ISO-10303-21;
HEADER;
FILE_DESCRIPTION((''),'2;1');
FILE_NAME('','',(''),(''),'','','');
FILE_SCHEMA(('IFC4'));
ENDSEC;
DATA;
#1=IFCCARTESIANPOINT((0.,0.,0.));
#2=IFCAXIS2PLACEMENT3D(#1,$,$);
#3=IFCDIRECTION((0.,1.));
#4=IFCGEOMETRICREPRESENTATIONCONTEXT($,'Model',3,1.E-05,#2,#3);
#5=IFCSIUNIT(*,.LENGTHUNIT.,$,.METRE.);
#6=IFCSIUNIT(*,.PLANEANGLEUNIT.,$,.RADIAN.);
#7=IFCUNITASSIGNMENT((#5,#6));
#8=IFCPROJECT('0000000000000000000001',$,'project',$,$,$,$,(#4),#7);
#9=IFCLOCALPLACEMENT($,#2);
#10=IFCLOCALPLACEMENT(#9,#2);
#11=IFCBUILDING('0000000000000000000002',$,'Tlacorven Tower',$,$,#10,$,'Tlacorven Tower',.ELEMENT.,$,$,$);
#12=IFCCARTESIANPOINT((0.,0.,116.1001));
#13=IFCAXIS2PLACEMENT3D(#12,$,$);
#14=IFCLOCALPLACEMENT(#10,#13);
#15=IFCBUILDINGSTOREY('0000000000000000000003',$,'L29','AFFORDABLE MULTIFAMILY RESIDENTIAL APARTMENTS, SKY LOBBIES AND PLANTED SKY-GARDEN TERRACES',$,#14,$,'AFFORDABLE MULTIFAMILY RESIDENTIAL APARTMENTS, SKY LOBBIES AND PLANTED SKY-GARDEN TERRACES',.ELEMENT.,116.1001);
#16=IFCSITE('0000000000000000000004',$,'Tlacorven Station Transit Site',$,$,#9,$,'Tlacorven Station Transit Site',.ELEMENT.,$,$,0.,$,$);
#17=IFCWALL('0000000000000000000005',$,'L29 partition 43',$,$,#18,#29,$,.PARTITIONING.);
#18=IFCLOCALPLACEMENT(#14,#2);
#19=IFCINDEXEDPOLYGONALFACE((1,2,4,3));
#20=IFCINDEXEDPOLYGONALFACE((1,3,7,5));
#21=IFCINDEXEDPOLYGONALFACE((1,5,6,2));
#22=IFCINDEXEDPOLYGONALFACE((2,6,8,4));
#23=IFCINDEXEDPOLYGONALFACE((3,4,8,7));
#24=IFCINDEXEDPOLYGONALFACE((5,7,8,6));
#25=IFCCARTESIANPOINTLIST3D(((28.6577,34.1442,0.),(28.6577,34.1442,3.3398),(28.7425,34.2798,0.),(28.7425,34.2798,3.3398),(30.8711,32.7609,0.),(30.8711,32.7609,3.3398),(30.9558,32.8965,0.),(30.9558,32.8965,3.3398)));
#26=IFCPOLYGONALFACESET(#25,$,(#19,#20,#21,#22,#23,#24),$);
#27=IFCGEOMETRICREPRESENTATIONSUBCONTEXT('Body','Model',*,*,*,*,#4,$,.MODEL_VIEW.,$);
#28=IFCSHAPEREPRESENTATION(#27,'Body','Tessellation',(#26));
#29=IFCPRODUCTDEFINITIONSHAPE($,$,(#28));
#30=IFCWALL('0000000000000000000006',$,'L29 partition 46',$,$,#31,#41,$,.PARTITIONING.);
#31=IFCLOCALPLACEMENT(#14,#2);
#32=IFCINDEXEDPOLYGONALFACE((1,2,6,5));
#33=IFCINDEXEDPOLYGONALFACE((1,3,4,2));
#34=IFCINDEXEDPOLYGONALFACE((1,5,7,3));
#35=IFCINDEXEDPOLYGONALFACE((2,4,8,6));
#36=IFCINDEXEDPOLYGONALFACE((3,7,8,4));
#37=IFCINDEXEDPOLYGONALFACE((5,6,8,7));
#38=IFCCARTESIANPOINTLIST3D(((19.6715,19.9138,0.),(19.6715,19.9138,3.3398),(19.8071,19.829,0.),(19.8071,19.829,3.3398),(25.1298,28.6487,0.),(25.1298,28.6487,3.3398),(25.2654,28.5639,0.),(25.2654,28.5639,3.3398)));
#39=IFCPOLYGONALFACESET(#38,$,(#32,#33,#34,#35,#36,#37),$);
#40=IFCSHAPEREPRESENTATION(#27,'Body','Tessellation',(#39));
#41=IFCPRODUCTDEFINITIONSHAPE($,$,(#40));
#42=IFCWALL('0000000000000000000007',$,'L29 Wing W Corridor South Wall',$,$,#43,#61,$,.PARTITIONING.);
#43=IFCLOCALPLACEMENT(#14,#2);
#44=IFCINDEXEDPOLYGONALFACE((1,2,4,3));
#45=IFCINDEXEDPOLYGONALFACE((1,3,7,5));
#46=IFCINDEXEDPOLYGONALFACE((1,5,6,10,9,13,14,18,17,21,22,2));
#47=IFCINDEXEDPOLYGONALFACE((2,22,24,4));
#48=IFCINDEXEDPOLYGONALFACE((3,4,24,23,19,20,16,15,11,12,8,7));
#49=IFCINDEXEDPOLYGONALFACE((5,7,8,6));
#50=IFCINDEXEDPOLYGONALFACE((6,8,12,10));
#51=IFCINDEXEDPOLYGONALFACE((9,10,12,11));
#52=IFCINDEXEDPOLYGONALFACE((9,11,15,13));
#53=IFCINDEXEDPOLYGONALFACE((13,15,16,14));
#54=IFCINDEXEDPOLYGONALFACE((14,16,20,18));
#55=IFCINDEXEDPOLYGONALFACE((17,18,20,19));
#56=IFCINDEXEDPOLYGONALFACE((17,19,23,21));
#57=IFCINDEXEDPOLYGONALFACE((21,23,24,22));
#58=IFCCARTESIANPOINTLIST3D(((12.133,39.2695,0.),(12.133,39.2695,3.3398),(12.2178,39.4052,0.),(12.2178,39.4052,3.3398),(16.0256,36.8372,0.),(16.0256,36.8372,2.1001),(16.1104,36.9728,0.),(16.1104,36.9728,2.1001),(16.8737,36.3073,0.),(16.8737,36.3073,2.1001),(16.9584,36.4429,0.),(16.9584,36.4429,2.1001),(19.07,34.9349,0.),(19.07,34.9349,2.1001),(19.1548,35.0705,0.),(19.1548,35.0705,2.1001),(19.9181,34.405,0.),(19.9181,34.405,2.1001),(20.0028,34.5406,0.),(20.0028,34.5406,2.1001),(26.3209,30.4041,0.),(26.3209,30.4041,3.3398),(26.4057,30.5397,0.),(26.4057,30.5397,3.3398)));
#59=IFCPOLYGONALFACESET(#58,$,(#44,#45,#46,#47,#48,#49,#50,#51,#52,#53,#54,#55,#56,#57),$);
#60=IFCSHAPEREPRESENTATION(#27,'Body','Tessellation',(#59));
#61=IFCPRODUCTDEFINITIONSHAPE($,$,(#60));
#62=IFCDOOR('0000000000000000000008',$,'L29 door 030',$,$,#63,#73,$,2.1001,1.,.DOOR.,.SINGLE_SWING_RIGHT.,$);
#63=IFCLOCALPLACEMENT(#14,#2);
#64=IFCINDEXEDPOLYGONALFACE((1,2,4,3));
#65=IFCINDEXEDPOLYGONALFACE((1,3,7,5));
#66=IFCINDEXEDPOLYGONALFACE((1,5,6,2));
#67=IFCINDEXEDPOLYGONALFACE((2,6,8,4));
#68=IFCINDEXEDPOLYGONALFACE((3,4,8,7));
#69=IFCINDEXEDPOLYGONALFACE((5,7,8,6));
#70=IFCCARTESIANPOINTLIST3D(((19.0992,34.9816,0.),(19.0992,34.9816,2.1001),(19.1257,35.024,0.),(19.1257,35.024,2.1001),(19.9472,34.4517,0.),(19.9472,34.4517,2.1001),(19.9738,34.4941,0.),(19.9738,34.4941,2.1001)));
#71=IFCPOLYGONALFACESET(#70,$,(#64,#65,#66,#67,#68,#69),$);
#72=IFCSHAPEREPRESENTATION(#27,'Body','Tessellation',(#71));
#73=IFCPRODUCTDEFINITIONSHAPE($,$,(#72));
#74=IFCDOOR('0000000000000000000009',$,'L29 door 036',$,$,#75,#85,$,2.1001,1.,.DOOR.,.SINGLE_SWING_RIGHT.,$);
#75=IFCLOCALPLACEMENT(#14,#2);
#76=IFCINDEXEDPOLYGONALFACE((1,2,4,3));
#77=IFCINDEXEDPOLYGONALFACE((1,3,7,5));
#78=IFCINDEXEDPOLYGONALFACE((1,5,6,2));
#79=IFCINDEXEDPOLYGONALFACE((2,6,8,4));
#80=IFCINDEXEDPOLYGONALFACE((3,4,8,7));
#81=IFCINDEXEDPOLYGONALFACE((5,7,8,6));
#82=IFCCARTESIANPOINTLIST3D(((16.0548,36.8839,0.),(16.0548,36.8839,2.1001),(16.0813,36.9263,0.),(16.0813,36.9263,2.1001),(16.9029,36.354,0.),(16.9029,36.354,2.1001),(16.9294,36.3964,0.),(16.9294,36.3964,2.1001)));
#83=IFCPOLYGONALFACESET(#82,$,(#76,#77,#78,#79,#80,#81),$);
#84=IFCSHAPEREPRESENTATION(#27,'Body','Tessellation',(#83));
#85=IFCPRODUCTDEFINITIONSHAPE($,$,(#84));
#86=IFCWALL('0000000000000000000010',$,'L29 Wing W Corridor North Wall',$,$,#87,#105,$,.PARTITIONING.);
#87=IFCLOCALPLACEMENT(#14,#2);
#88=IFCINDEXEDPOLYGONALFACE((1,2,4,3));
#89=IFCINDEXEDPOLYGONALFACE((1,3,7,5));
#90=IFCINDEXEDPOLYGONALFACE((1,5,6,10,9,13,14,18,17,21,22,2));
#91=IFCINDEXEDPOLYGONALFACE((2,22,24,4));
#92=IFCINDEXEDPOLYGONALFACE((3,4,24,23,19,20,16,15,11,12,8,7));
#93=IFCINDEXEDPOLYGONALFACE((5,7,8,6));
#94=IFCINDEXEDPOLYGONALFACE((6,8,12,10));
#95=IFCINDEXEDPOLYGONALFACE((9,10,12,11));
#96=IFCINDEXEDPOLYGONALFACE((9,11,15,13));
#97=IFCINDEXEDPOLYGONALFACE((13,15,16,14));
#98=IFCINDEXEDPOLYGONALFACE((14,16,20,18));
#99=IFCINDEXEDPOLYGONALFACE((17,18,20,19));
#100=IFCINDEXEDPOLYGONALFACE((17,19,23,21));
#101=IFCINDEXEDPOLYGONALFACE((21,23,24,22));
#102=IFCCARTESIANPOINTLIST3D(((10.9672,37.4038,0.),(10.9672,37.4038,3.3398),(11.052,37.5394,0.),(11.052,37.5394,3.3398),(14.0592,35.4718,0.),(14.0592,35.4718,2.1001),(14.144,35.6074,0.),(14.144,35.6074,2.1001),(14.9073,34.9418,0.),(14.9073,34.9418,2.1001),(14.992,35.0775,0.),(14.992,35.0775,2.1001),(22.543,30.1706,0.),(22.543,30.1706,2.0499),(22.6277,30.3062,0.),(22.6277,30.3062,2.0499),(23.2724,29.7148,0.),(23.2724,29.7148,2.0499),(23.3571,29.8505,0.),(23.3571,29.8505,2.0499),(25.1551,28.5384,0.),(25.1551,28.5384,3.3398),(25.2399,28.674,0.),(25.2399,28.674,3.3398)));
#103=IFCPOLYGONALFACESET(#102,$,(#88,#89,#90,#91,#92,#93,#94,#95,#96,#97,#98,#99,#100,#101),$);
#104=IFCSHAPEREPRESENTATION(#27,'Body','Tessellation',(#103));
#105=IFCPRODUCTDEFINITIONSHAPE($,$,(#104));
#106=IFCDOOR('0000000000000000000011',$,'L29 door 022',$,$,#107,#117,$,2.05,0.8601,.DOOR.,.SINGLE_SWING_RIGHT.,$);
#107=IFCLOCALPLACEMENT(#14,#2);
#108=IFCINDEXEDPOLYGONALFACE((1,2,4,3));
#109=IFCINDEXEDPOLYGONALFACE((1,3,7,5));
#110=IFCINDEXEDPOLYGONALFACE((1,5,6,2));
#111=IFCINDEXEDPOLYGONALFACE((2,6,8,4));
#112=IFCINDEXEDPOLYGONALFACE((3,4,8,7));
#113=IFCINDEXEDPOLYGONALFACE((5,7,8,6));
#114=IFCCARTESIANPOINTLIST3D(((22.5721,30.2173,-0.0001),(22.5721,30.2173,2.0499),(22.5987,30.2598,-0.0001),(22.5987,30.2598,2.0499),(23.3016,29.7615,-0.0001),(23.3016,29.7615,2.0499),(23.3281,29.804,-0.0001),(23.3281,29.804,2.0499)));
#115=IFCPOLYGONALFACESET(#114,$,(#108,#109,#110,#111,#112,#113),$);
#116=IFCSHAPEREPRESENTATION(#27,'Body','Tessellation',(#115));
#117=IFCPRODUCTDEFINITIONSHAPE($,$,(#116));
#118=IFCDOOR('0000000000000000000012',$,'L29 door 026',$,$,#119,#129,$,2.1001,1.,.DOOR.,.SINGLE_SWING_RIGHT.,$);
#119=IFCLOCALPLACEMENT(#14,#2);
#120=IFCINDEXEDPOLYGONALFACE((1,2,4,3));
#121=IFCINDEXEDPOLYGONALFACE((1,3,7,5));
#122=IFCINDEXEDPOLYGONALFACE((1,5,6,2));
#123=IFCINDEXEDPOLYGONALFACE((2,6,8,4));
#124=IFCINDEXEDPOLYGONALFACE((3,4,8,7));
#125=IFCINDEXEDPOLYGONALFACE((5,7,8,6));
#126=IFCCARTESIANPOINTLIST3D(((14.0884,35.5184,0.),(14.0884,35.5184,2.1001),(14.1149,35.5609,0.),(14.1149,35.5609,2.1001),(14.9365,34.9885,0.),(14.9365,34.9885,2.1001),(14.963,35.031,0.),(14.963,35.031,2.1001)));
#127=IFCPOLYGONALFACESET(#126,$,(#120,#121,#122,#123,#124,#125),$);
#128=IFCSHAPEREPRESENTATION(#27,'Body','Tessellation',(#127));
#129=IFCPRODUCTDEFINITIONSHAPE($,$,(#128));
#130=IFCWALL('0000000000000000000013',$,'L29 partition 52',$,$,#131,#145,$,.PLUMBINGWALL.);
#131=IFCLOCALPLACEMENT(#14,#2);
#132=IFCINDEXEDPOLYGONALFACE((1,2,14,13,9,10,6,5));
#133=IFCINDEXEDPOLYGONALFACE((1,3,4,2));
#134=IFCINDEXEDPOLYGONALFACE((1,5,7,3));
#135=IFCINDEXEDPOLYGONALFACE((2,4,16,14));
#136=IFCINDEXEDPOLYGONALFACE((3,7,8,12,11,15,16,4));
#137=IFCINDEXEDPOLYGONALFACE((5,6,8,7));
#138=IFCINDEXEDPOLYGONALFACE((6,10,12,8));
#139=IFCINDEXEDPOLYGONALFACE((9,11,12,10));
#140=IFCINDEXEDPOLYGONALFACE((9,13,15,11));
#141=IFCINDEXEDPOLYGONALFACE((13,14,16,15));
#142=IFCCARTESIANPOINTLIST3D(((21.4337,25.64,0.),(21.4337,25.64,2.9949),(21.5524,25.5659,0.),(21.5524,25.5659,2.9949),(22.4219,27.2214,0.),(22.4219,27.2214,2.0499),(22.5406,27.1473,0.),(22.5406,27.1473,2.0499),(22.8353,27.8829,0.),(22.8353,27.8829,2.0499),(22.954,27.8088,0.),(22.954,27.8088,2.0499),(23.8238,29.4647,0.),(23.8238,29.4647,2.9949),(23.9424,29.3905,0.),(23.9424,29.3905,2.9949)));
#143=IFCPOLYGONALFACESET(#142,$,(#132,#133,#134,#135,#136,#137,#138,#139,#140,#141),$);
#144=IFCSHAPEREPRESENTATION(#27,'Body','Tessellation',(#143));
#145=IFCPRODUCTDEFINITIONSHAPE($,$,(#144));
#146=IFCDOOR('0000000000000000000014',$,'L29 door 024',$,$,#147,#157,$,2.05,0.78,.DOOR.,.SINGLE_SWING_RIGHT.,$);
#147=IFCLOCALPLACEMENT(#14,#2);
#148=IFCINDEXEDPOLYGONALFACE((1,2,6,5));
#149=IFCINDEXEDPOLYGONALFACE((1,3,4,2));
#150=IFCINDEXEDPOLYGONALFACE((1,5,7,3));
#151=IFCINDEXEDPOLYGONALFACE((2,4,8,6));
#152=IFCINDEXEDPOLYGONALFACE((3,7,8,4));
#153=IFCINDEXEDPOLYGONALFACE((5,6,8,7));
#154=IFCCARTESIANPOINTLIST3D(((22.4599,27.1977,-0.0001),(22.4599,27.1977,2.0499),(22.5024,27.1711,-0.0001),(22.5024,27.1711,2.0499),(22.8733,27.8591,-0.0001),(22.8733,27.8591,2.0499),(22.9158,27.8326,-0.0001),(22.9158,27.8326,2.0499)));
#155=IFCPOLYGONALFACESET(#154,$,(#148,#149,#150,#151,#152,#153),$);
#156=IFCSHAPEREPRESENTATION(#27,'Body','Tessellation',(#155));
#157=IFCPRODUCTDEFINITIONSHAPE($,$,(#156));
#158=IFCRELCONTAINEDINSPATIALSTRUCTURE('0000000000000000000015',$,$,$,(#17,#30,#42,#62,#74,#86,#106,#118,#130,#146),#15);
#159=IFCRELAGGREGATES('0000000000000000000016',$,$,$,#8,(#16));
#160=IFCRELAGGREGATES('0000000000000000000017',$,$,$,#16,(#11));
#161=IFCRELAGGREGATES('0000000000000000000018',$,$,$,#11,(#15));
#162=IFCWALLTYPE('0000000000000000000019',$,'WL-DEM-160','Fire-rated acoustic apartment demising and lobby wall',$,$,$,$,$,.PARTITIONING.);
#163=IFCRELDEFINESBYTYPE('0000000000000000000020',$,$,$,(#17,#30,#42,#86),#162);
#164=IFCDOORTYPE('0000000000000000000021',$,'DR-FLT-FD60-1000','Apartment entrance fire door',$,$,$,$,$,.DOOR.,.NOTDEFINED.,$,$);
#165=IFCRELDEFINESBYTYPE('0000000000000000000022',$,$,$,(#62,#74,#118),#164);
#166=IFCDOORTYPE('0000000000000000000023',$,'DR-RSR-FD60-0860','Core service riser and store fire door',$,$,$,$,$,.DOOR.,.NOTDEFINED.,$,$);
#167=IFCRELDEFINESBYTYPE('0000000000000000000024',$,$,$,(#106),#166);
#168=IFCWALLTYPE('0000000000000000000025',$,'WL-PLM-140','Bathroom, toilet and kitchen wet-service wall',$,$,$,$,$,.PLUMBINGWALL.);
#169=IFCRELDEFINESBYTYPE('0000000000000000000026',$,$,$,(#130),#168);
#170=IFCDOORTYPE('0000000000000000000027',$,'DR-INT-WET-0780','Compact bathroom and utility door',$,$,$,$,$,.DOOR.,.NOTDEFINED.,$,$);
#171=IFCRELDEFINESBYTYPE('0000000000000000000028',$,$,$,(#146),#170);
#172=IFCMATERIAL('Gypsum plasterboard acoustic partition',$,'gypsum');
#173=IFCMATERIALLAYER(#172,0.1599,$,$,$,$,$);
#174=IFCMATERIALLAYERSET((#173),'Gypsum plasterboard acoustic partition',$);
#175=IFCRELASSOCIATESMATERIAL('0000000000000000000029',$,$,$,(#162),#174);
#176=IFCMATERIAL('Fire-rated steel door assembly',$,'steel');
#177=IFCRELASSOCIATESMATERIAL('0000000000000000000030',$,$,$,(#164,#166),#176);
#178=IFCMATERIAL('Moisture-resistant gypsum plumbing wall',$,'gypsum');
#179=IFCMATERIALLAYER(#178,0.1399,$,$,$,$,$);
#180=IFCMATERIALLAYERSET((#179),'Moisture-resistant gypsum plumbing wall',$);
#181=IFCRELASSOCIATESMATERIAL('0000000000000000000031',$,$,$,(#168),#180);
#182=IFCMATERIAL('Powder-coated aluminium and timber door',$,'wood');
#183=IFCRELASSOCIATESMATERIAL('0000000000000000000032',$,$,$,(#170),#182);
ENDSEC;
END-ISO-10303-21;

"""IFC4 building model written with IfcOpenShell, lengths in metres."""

from ifc_helpers import new_model, si_unit, direction, frame, frame_2d, origin, place, context, subcontext, project, spatial, rectangle, extrude, source, transform, mapped, material, layer, layer_set, type_object, element, fill, save


model = new_model("IFC4")

# Units and contexts
model_context = context("Model", 3, precision=1e-05, world=origin(), true_north=direction((0.0, 1.0)))
body_context = subcontext(model_context, "Body", "Model", "MODEL_VIEW")
ifc_project = project(units=[si_unit("LENGTHUNIT", "METRE"), si_unit("PLANEANGLEUNIT", "RADIAN")], contexts=[model_context])

# Site, building, storey
site_placement = place(None, origin())
site = spatial("IfcSite", under=ifc_project, at=site_placement, Name="Tlacorven Station Transit Site", LongName="Tlacorven Station Transit Site", CompositionType="ELEMENT", RefElevation=0.0)
building_placement = place(site_placement, origin())
building = spatial("IfcBuilding", under=site, at=building_placement, Name="Tlacorven Tower", LongName="Tlacorven Tower", CompositionType="ELEMENT")
storey_placement = place(building_placement, frame((0.0, 0.0, 116.1001)))
storey = spatial("IfcBuildingStorey", under=building, at=storey_placement, Name="L29", Description="AFFORDABLE MULTIFAMILY RESIDENTIAL APARTMENTS, SKY LOBBIES AND PLANTED SKY-GARDEN TERRACES", LongName="AFFORDABLE MULTIFAMILY RESIDENTIAL APARTMENTS, SKY LOBBIES AND PLANTED SKY-GARDEN TERRACES", CompositionType="ELEMENT", Elevation=116.1001)

# Walls
ifc_material_1 = material(Name="Gypsum plasterboard acoustic partition", Category="gypsum")
ifc_layer_1 = layer(ifc_material_1, 0.1599)
ifc_layer_set_1 = layer_set([ifc_layer_1], Name="Gypsum plasterboard acoustic partition")
wall_type_1 = type_object("IfcWallType", Name="WL-DEM-160", Description="Fire-rated acoustic apartment demising and lobby wall", PredefinedType="PARTITIONING", material=ifc_layer_set_1)
wall_1_placement = place(storey_placement, frame((30.9136, 32.8286, 0.0), z_axis=(0.0, 0.0, 1.0), x_axis=(-0.848009, 0.529982, 0.0)))
element("IfcWall", 1, at=wall_1_placement, inside=storey, type_object=wall_type_1, Name="L29 partition 43", PredefinedType="PARTITIONING", context=body_context, shape_type="SweptSolid", body=[
    extrude(rectangle(XDim=2.6101, YDim=0.1599, at=frame_2d((1.3052, 0.0))), origin(), (0.0, 0.0, 1.0), 3.3398),
])
wall_2_placement = place(storey_placement, frame((25.1975, 28.6062, 0.0), z_axis=(0.0, 0.0, 1.0), x_axis=(-0.529926, -0.848044, 0.0)))
element("IfcWall", 2, at=wall_2_placement, inside=storey, type_object=wall_type_1, Name="L29 partition 46", PredefinedType="PARTITIONING", context=body_context, shape_type="SweptSolid", body=[
    extrude(rectangle(XDim=10.3, YDim=0.1599, at=frame_2d((5.1499, 0.0))), origin(), (0.0, 0.0, 1.0), 3.3398),
])

# Walls, openings, doors
wall_3_placement = place(storey_placement, frame((26.3633, 30.4719, 0.0), z_axis=(0.0, 0.0, 1.0), x_axis=(-0.848052, 0.529912, 0.0)))
wall_3 = element("IfcWall", 3, at=wall_3_placement, inside=storey, type_object=wall_type_1, Name="L29 Wing W Corridor South Wall", PredefinedType="PARTITIONING", context=body_context, shape_type="SweptSolid", body=[
    extrude(rectangle(XDim=16.73, YDim=0.1599, at=frame_2d((8.365, 0.0))), origin(), (0.0, 0.0, 1.0), 3.3398),
])
opening_1_placement = place(wall_3_placement, frame((7.55, 0.0, 0.0)))
opening_1 = element("IfcOpeningElement", 4, at=opening_1_placement, cuts=wall_3, PredefinedType="OPENING", context=body_context, shape_type="SweptSolid", body=[
    extrude(rectangle(XDim=1.0, YDim=2.1001, at=frame_2d((0.5, 1.05))), frame((0.0, 0.0898, 0.0), z_axis=(0.0, -1.0, 0.0), x_axis=(1.0, 0.0, 0.0)), (0.0, 0.0, 1.0), 0.1799),
])
opening_2_placement = place(wall_3_placement, frame((11.1399, 0.0, 0.0)))
opening_2 = element("IfcOpeningElement", 5, at=opening_2_placement, cuts=wall_3, PredefinedType="OPENING", context=body_context, shape_type="SweptSolid", body=[
    extrude(rectangle(XDim=1.0, YDim=2.1001, at=frame_2d((0.5, 1.05))), frame((0.0, 0.0898, 0.0), z_axis=(0.0, -1.0, 0.0), x_axis=(1.0, 0.0, 0.0)), (0.0, 0.0, 1.0), 0.1799),
])
ifc_material_2 = material(Name="Fire-rated steel door assembly", Category="steel")
door_type_1 = type_object("IfcDoorType", Name="DR-FLT-FD60-1000", Description="Apartment entrance fire door", OperationType="NOTDEFINED", PredefinedType="DOOR", material=ifc_material_2)
shared_shape_1 = source(origin(), body_context, "Body", "SweptSolid", [
    extrude(rectangle(XDim=1.0, YDim=2.1001, at=frame_2d((0.5, 1.05))), frame((0.0, 0.0249, 0.0), z_axis=(0.0, -1.0, 0.0), x_axis=(1.0, 0.0, 0.0)), (0.0, 0.0, 1.0), 0.05),
])
door_1_placement = place(opening_1_placement, origin())
door_1 = element("IfcDoor", 6, at=door_1_placement, inside=storey, type_object=door_type_1, Name="L29 door 030", OperationType="SINGLE_SWING_RIGHT", OverallHeight=2.1001, OverallWidth=1.0, PredefinedType="DOOR", context=body_context, shape_type="MappedRepresentation", body=[
    mapped(shared_shape_1, transform((0.0, 0.0, 0.0), scale=1.0)),
])
fill(opening_1, door_1)
door_2_placement = place(opening_2_placement, origin())
door_2 = element("IfcDoor", 7, at=door_2_placement, inside=storey, type_object=door_type_1, Name="L29 door 036", OperationType="SINGLE_SWING_RIGHT", OverallHeight=2.1001, OverallWidth=1.0, PredefinedType="DOOR", context=body_context, shape_type="MappedRepresentation", body=[
    mapped(shared_shape_1, transform((0.0, 0.0, 0.0), scale=1.0)),
])
fill(opening_2, door_2)
wall_4_placement = place(storey_placement, frame((25.1975, 28.6062, 0.0), z_axis=(0.0, 0.0, 1.0), x_axis=(-0.848052, 0.529912, 0.0)))
wall_4 = element("IfcWall", 8, at=wall_4_placement, inside=storey, type_object=wall_type_1, Name="L29 Wing W Corridor North Wall", PredefinedType="PARTITIONING", context=body_context, shape_type="SweptSolid", body=[
    extrude(rectangle(XDim=16.73, YDim=0.1599, at=frame_2d((8.365, 0.0))), origin(), (0.0, 0.0, 1.0), 3.3398),
])
opening_3_placement = place(wall_4_placement, frame((2.22, 0.0, 0.0)))
opening_3 = element("IfcOpeningElement", 9, at=opening_3_placement, cuts=wall_4, PredefinedType="OPENING", context=body_context, shape_type="SweptSolid", body=[
    extrude(rectangle(XDim=0.8601, YDim=2.05, at=frame_2d((0.4302, 1.0249))), frame((0.0, 0.0898, 0.0), z_axis=(0.0, -1.0, 0.0), x_axis=(1.0, 0.0, 0.0)), (0.0, 0.0, 1.0), 0.1799),
])
opening_4_placement = place(wall_4_placement, frame((12.084, 0.0, 0.0)))
opening_4 = element("IfcOpeningElement", 10, at=opening_4_placement, cuts=wall_4, PredefinedType="OPENING", context=body_context, shape_type="SweptSolid", body=[
    extrude(rectangle(XDim=1.0, YDim=2.1001, at=frame_2d((0.5, 1.05))), frame((0.0, 0.0898, 0.0), z_axis=(0.0, -1.0, 0.0), x_axis=(1.0, 0.0, 0.0)), (0.0, 0.0, 1.0), 0.1799),
])
door_type_2 = type_object("IfcDoorType", Name="DR-RSR-FD60-0860", Description="Core service riser and store fire door", OperationType="NOTDEFINED", PredefinedType="DOOR", material=ifc_material_2)
shared_shape_2 = source(origin(), body_context, "Body", "SweptSolid", [
    extrude(rectangle(XDim=0.8601, YDim=2.05, at=frame_2d((0.4302, 1.0249))), frame((0.0, 0.0249, 0.0), z_axis=(0.0, -1.0, 0.0), x_axis=(1.0, 0.0, 0.0)), (0.0, 0.0, 1.0), 0.05),
])
door_3_placement = place(opening_3_placement, origin())
door_3 = element("IfcDoor", 11, at=door_3_placement, inside=storey, type_object=door_type_2, Name="L29 door 022", OperationType="SINGLE_SWING_RIGHT", OverallHeight=2.05, OverallWidth=0.8601, PredefinedType="DOOR", context=body_context, shape_type="MappedRepresentation", body=[
    mapped(shared_shape_2, transform((0.0, 0.0, 0.0), scale=1.0)),
])
fill(opening_3, door_3)
door_4_placement = place(opening_4_placement, origin())
door_4 = element("IfcDoor", 12, at=door_4_placement, inside=storey, type_object=door_type_1, Name="L29 door 026", OperationType="SINGLE_SWING_RIGHT", OverallHeight=2.1001, OverallWidth=1.0, PredefinedType="DOOR", context=body_context, shape_type="MappedRepresentation", body=[
    mapped(shared_shape_1, transform((0.0, 0.0, 0.0), scale=1.0)),
])
fill(opening_4, door_4)

# Wall, opening, door
ifc_material_3 = material(Name="Moisture-resistant gypsum plumbing wall", Category="gypsum")
ifc_layer_2 = layer(ifc_material_3, 0.1399)
ifc_layer_set_2 = layer_set([ifc_layer_2], Name="Moisture-resistant gypsum plumbing wall")
wall_type_2 = type_object("IfcWallType", Name="WL-PLM-140", Description="Bathroom, toilet and kitchen wet-service wall", PredefinedType="PLUMBINGWALL", material=ifc_layer_set_2)
wall_5_placement = place(storey_placement, frame((23.8831, 29.4275, 0.0), z_axis=(0.0, 0.0, 1.0), x_axis=(-0.52995, -0.848029, 0.0)))
wall_5 = element("IfcWall", 13, at=wall_5_placement, inside=storey, type_object=wall_type_2, Name="L29 partition 52", PredefinedType="PLUMBINGWALL", context=body_context, shape_type="SweptSolid", body=[
    extrude(rectangle(XDim=4.51, YDim=0.1399, at=frame_2d((2.2549, 0.0))), origin(), (0.0, 0.0, 1.0), 2.9949),
])
opening_5_placement = place(wall_5_placement, frame((1.865, 0.0, 0.0)))
opening_5 = element("IfcOpeningElement", 14, at=opening_5_placement, cuts=wall_5, PredefinedType="OPENING", context=body_context, shape_type="SweptSolid", body=[
    extrude(rectangle(XDim=0.78, YDim=2.05, at=frame_2d((0.3901, 1.0249))), frame((0.0, 0.0801, 0.0), z_axis=(0.0, -1.0, 0.0), x_axis=(1.0, 0.0, 0.0)), (0.0, 0.0, 1.0), 0.1599),
])
ifc_material_4 = material(Name="Powder-coated aluminium and timber door", Category="wood")
door_type_3 = type_object("IfcDoorType", Name="DR-INT-WET-0780", Description="Compact bathroom and utility door", OperationType="NOTDEFINED", PredefinedType="DOOR", material=ifc_material_4)
shared_shape_3 = source(origin(), body_context, "Body", "SweptSolid", [
    extrude(rectangle(XDim=0.78, YDim=2.05, at=frame_2d((0.3901, 1.0249))), frame((0.0, 0.0249, 0.0), z_axis=(0.0, -1.0, 0.0), x_axis=(1.0, 0.0, 0.0)), (0.0, 0.0, 1.0), 0.05),
])
door_5_placement = place(opening_5_placement, origin())
door_5 = element("IfcDoor", 15, at=door_5_placement, inside=storey, type_object=door_type_3, Name="L29 door 024", OperationType="SINGLE_SWING_RIGHT", OverallHeight=2.05, OverallWidth=0.78, PredefinedType="DOOR", context=body_context, shape_type="MappedRepresentation", body=[
    mapped(shared_shape_3, transform((0.0, 0.0, 0.0), scale=1.0)),
])
fill(opening_5, door_5)

save(model, "model.ifc")
